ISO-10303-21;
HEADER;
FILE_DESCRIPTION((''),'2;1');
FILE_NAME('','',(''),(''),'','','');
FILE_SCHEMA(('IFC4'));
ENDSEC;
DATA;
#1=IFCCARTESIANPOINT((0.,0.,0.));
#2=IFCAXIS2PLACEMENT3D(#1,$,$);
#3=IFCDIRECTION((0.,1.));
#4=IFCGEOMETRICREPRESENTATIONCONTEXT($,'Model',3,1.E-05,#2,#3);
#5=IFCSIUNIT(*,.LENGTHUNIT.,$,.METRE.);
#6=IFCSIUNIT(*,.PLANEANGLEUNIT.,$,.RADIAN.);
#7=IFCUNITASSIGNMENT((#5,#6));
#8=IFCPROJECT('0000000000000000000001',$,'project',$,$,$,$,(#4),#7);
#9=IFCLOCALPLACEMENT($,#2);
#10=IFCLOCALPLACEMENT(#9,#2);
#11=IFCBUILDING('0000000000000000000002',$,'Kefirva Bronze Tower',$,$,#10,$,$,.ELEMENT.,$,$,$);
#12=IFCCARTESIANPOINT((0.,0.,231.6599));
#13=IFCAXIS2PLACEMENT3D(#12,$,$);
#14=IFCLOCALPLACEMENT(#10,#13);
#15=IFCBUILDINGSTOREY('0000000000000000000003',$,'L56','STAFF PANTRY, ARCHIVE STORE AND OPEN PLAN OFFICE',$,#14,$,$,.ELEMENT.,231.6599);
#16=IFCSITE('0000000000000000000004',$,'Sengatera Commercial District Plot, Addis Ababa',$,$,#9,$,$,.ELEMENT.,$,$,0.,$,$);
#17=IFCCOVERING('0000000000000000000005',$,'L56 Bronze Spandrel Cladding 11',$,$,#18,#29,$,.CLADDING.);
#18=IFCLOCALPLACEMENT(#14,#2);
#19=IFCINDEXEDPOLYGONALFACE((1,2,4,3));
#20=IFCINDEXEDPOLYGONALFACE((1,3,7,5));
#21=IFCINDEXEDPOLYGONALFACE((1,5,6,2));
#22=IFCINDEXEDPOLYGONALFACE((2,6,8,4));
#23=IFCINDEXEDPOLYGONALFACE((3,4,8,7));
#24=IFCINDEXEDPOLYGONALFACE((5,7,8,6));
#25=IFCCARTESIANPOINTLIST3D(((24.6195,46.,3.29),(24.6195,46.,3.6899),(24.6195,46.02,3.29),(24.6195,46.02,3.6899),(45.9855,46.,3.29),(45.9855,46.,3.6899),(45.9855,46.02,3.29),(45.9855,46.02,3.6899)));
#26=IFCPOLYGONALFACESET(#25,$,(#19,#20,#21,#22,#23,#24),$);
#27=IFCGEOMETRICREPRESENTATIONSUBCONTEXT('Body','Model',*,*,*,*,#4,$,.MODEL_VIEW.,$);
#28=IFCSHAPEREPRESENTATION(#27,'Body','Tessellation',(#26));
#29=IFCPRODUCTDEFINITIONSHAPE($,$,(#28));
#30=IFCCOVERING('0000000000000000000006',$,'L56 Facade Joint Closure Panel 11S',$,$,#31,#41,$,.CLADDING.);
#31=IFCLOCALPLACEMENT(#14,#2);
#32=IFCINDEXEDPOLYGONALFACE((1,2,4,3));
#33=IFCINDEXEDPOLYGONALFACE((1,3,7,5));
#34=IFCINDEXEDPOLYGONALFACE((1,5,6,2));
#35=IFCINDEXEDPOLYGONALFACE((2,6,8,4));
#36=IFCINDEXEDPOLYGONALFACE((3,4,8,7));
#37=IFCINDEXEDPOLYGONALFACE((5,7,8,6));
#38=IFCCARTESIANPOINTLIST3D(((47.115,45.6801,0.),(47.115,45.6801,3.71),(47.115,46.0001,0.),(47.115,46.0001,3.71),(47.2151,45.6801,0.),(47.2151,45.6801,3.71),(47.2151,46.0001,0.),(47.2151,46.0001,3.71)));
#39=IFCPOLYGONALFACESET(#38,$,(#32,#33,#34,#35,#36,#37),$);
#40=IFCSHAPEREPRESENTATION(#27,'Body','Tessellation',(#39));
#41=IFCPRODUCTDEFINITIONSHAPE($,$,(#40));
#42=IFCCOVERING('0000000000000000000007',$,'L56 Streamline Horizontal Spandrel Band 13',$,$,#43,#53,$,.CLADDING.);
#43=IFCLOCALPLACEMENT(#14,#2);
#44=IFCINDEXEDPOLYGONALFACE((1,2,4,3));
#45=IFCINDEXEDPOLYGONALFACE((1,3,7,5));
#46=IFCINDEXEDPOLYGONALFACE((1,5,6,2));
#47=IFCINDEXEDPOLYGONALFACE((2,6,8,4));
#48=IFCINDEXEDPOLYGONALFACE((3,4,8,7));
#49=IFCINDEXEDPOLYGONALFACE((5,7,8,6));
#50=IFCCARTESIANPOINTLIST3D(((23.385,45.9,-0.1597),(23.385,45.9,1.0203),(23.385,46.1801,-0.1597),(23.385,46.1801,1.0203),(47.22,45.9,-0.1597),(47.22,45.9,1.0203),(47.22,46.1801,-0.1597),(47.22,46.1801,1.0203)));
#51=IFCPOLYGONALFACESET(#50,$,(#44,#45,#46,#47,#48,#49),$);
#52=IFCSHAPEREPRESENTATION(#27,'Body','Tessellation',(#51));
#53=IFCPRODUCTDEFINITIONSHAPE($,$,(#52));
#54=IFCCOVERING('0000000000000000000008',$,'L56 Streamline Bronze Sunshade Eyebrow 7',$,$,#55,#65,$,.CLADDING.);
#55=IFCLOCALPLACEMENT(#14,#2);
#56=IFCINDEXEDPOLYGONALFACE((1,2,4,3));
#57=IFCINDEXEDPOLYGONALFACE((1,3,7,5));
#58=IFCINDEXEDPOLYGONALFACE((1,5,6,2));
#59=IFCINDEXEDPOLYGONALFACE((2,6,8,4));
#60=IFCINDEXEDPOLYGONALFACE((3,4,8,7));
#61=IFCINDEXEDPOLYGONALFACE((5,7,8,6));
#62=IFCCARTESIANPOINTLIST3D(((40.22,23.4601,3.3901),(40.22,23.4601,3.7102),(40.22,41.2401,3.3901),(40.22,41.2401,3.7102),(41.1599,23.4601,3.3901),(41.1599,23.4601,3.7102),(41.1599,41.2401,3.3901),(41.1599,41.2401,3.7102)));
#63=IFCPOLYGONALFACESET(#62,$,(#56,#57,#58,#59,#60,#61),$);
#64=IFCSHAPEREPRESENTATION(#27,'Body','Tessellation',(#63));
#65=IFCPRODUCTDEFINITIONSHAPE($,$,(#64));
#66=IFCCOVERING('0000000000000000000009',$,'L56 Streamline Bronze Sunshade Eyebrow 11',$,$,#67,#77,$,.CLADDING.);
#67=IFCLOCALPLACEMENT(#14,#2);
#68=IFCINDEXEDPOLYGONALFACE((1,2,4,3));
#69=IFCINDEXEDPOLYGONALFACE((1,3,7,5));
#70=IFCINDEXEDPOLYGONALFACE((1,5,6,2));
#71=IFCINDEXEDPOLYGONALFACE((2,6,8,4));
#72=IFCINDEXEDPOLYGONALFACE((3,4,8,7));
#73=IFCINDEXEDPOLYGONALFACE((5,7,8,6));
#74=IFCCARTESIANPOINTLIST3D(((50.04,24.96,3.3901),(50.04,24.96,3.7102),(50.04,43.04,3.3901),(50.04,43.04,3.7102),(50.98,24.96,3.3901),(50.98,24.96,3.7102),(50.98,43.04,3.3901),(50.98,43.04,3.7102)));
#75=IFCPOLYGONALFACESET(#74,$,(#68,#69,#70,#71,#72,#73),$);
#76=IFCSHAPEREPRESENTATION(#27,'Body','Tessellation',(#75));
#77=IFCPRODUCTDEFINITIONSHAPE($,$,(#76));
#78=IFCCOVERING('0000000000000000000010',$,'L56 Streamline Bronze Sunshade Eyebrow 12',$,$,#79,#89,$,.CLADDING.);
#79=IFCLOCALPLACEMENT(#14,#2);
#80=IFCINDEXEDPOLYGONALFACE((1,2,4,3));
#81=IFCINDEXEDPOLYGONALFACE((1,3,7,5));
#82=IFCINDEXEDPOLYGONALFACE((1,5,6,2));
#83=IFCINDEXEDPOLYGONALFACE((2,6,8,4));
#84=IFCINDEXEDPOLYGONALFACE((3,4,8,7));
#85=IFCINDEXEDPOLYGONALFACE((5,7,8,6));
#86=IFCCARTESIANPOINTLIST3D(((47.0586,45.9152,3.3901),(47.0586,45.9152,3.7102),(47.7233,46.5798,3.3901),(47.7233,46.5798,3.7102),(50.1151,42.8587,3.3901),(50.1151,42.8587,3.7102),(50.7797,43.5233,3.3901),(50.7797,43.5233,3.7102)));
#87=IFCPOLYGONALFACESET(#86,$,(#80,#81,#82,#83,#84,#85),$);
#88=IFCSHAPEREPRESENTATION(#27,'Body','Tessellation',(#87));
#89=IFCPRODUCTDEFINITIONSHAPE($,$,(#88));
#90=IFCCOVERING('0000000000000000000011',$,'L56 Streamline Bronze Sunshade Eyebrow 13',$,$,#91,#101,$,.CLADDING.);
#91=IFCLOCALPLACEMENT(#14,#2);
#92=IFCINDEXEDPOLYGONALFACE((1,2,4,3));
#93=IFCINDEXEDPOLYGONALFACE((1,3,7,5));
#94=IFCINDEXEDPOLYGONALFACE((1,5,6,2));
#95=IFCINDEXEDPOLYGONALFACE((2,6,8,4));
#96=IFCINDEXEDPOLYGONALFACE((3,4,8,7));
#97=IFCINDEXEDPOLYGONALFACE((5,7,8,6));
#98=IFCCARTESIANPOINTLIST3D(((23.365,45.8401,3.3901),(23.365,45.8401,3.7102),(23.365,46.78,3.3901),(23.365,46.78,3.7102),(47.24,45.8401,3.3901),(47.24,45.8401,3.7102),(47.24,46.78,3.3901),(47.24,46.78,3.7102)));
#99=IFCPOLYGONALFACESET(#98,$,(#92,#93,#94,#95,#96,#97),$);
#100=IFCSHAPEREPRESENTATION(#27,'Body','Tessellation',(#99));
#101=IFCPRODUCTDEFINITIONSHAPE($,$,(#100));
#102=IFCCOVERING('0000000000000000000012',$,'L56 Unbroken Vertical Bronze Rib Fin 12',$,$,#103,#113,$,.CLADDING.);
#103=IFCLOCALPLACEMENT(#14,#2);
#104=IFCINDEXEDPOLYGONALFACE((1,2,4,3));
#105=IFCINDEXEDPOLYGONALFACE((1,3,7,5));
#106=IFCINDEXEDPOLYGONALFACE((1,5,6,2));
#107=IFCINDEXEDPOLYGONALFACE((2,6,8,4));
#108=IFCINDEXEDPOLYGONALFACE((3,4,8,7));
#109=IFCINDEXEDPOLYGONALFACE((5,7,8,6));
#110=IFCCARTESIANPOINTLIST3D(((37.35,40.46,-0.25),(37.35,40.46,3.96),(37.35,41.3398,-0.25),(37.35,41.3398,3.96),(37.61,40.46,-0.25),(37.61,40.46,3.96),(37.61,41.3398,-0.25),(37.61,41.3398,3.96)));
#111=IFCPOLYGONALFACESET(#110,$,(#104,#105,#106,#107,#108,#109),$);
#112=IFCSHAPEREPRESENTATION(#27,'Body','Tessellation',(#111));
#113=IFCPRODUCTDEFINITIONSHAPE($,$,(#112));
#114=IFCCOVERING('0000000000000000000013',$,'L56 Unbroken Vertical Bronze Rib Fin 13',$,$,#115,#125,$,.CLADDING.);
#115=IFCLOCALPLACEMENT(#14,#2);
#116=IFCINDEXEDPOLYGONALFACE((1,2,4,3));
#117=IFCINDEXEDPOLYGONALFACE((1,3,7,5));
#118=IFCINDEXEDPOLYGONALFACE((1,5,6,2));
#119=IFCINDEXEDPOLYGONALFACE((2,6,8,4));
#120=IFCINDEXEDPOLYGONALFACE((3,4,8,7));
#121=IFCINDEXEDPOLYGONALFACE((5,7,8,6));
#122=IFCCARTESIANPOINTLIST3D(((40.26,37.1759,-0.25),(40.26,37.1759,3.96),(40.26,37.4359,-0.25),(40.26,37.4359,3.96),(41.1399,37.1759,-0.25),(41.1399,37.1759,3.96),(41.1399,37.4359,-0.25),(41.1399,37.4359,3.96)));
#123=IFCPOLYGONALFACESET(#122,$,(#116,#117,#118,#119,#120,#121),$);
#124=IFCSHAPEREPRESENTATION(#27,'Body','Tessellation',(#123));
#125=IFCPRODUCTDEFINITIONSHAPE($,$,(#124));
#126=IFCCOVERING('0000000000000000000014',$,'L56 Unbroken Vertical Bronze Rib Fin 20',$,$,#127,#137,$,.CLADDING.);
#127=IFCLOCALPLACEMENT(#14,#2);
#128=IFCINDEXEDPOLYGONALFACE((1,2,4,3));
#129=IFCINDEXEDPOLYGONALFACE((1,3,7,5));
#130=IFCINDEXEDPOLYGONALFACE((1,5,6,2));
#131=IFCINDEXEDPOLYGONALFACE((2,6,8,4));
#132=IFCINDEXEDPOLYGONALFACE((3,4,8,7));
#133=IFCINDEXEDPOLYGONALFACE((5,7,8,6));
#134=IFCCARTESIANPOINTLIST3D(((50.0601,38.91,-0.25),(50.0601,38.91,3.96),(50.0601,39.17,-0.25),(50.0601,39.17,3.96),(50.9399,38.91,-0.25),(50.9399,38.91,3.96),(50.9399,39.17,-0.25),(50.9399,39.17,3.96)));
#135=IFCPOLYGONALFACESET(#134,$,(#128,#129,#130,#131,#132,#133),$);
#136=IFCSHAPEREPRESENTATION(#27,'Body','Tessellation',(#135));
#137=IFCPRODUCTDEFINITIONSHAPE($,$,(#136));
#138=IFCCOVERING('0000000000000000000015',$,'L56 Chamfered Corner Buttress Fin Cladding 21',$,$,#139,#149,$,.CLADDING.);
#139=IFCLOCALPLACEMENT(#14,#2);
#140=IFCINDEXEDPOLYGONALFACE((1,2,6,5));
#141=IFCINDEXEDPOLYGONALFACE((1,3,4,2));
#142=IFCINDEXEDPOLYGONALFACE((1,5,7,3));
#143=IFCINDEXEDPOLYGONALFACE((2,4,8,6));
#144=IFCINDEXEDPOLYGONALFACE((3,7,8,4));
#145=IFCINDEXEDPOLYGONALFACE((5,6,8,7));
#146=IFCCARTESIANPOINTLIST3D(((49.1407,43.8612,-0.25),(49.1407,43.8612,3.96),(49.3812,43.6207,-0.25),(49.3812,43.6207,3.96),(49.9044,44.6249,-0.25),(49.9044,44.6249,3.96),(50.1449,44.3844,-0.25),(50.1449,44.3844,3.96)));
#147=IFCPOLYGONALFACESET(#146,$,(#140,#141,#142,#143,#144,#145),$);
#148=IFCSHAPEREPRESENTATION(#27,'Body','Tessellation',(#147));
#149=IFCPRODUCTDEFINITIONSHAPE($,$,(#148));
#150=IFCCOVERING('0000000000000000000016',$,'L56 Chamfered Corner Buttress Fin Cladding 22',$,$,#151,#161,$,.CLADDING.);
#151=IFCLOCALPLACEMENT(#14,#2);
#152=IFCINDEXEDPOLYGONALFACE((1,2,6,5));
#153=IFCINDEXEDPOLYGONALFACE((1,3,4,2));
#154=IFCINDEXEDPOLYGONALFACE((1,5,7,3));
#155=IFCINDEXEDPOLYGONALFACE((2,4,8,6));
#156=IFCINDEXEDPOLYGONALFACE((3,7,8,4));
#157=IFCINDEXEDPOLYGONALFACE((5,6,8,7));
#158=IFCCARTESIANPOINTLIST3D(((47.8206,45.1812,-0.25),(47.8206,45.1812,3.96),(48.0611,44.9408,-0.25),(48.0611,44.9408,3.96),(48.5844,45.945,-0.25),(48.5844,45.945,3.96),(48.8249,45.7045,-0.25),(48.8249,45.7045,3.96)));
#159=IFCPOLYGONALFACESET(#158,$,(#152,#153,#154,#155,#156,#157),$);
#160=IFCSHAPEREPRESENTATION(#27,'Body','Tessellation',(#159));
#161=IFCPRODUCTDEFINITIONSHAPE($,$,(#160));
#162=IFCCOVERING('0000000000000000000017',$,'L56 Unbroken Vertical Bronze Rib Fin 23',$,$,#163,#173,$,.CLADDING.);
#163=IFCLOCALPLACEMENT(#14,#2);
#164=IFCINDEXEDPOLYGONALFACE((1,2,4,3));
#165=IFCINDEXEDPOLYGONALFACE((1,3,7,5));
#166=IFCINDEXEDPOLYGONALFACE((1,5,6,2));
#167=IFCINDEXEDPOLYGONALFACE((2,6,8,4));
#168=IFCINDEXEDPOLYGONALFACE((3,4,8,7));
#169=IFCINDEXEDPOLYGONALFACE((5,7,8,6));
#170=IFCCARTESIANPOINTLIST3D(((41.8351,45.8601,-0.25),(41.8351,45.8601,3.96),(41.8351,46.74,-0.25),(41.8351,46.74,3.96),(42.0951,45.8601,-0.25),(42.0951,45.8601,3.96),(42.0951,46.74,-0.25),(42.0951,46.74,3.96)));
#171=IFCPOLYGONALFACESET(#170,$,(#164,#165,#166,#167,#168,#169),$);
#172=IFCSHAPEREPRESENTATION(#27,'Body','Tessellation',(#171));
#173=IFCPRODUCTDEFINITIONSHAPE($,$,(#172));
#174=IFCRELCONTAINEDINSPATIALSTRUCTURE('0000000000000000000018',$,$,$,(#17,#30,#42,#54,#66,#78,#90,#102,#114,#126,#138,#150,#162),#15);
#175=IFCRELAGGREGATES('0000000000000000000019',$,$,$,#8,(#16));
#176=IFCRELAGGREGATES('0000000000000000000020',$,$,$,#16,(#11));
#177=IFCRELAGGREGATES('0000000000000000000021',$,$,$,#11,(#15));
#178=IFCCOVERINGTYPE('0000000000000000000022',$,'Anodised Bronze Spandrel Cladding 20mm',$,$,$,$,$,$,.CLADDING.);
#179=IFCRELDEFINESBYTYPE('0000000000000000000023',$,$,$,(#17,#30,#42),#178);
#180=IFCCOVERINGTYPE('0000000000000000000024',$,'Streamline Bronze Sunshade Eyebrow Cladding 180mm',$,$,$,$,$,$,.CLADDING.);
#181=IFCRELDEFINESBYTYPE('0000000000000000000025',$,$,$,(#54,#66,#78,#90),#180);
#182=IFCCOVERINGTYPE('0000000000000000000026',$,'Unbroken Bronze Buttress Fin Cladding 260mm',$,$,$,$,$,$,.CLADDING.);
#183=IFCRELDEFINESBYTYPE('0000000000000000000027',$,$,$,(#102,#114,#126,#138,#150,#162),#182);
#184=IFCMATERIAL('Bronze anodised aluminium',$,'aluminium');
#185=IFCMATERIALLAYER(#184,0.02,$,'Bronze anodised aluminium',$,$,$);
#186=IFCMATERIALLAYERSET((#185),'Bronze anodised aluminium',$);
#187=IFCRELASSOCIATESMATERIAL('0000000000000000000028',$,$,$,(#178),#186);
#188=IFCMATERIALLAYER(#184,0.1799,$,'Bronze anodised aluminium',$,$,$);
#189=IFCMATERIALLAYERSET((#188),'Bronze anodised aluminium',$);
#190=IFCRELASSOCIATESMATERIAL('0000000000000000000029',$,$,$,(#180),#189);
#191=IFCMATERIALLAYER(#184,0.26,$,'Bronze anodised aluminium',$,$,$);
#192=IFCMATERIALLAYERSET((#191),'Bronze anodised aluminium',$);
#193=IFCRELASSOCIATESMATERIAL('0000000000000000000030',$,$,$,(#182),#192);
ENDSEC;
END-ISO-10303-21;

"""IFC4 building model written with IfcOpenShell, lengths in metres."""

from ifc_helpers import new_model, si_unit, direction, frame, origin, origin_2d, place, context, subcontext, project, spatial, rectangle, extrude, material, layer, layer_set, type_object, element, save


model = new_model("IFC4")

# Units and contexts
model_context = context("Model", 3, precision=1e-05, world=origin(), true_north=direction((0.0, 1.0)))
body_context = subcontext(model_context, "Body", "Model", "MODEL_VIEW")
ifc_project = project(units=[si_unit("LENGTHUNIT", "METRE"), si_unit("PLANEANGLEUNIT", "RADIAN")], contexts=[model_context])

# Site, building, storey
site_placement = place(None, origin())
site = spatial("IfcSite", under=ifc_project, at=site_placement, Name="Sengatera Commercial District Plot, Addis Ababa", CompositionType="ELEMENT", RefElevation=0.0)
building_placement = place(site_placement, origin())
building = spatial("IfcBuilding", under=site, at=building_placement, Name="Kefirva Bronze Tower", CompositionType="ELEMENT")
storey_placement = place(building_placement, frame((0.0, 0.0, 231.6599)))
storey = spatial("IfcBuildingStorey", under=building, at=storey_placement, Name="L56", Description="STAFF PANTRY, ARCHIVE STORE AND OPEN PLAN OFFICE", CompositionType="ELEMENT", Elevation=231.6599)

# Shared definitions
ifc_material_1 = material(Name="Bronze anodised aluminium", Category="aluminium")

# Coverings
ifc_layer_1 = layer(ifc_material_1, 0.02, Name="Bronze anodised aluminium")
ifc_layer_set_1 = layer_set([ifc_layer_1], Name="Bronze anodised aluminium")
covering_type_1 = type_object("IfcCoveringType", Name="Anodised Bronze Spandrel Cladding 20mm", PredefinedType="CLADDING", material=ifc_layer_set_1)
covering_1_placement = place(storey_placement, frame((35.3025, 46.01, 3.29), z_axis=(0.0, 0.0, 1.0), x_axis=(-1.0, 0.0, 0.0)))
element("IfcCovering", 1, at=covering_1_placement, inside=storey, type_object=covering_type_1, Name="L56 Bronze Spandrel Cladding 11", PredefinedType="CLADDING", context=body_context, shape_type="SweptSolid", body=[
    extrude(rectangle(XDim=21.366, YDim=0.02, at=origin_2d()), origin(), (0.0, 0.0, 1.0), 0.3999),
])
covering_2_placement = place(storey_placement, frame((47.165, 45.8401, 0.0), z_axis=(0.0, 0.0, 1.0), x_axis=(-1.0, 0.0, 0.0)))
element("IfcCovering", 2, at=covering_2_placement, inside=storey, type_object=covering_type_1, Name="L56 Facade Joint Closure Panel 11S", PredefinedType="CLADDING", context=body_context, shape_type="SweptSolid", body=[
    extrude(rectangle(XDim=0.1001, YDim=0.3201, at=origin_2d()), origin(), (0.0, 0.0, 1.0), 3.71),
])
covering_3_placement = place(storey_placement, frame((35.3025, 46.04, -0.1597), z_axis=(0.0, 0.0, 1.0), x_axis=(-1.0, 0.0, 0.0)))
element("IfcCovering", 3, at=covering_3_placement, inside=storey, type_object=covering_type_1, Name="L56 Streamline Horizontal Spandrel Band 13", PredefinedType="CLADDING", context=body_context, shape_type="SweptSolid", body=[
    extrude(rectangle(XDim=23.835, YDim=0.28, at=origin_2d()), origin(), (0.0, 0.0, 1.0), 1.1799),
])
ifc_layer_2 = layer(ifc_material_1, 0.1799, Name="Bronze anodised aluminium")
ifc_layer_set_2 = layer_set([ifc_layer_2], Name="Bronze anodised aluminium")
covering_type_2 = type_object("IfcCoveringType", Name="Streamline Bronze Sunshade Eyebrow Cladding 180mm", PredefinedType="CLADDING", material=ifc_layer_set_2)
covering_4_placement = place(storey_placement, frame((40.6899, 32.3501, 3.3901), z_axis=(0.0, 0.0, 1.0), x_axis=(0.0, -1.0, 0.0)))
element("IfcCovering", 4, at=covering_4_placement, inside=storey, type_object=covering_type_2, Name="L56 Streamline Bronze Sunshade Eyebrow 7", PredefinedType="CLADDING", context=body_context, shape_type="SweptSolid", body=[
    extrude(rectangle(XDim=17.78, YDim=0.9399, at=origin_2d()), origin(), (0.0, 0.0, 1.0), 0.3201),
])
covering_5_placement = place(storey_placement, frame((50.51, 34.0, 3.3901), z_axis=(0.0, 0.0, 1.0), x_axis=(0.0, 1.0, 0.0)))
element("IfcCovering", 5, at=covering_5_placement, inside=storey, type_object=covering_type_2, Name="L56 Streamline Bronze Sunshade Eyebrow 11", PredefinedType="CLADDING", context=body_context, shape_type="SweptSolid", body=[
    extrude(rectangle(XDim=18.0801, YDim=0.9399, at=origin_2d()), origin(), (0.0, 0.0, 1.0), 0.3201),
])
covering_6_placement = place(storey_placement, frame((48.9192, 44.7192, 3.3901), z_axis=(0.0, 0.0, 1.0), x_axis=(-0.707107, 0.707107, 0.0)))
element("IfcCovering", 6, at=covering_6_placement, inside=storey, type_object=covering_type_2, Name="L56 Streamline Bronze Sunshade Eyebrow 12", PredefinedType="CLADDING", context=body_context, shape_type="SweptSolid", body=[
    extrude(rectangle(XDim=4.3225, YDim=0.9399, at=origin_2d()), origin(), (0.0, 0.0, 1.0), 0.3201),
])
covering_7_placement = place(storey_placement, frame((35.3025, 46.3101, 3.3901), z_axis=(0.0, 0.0, 1.0), x_axis=(-1.0, 0.0, 0.0)))
element("IfcCovering", 7, at=covering_7_placement, inside=storey, type_object=covering_type_2, Name="L56 Streamline Bronze Sunshade Eyebrow 13", PredefinedType="CLADDING", context=body_context, shape_type="SweptSolid", body=[
    extrude(rectangle(XDim=23.875, YDim=0.9399, at=origin_2d()), origin(), (0.0, 0.0, 1.0), 0.3201),
])
ifc_layer_3 = layer(ifc_material_1, 0.26, Name="Bronze anodised aluminium")
ifc_layer_set_3 = layer_set([ifc_layer_3], Name="Bronze anodised aluminium")
covering_type_3 = type_object("IfcCoveringType", Name="Unbroken Bronze Buttress Fin Cladding 260mm", PredefinedType="CLADDING", material=ifc_layer_set_3)
for number, where, z_axis, x_axis, name in (
    (8, (37.48, 40.8999, -0.25), (0.0, 0.0, 1.0), (1.0, 0.0, 0.0), "L56 Unbroken Vertical Bronze Rib Fin 12"),
    (9, (40.7, 37.3059, -0.25), (0.0, 0.0, 1.0), (0.0, -1.0, 0.0), "L56 Unbroken Vertical Bronze Rib Fin 13"),
    (10, (50.5, 39.04, -0.25), (0.0, 0.0, 1.0), (0.0, 1.0, 0.0), "L56 Unbroken Vertical Bronze Rib Fin 20"),
):
    element("IfcCovering", number, at=place(storey_placement, frame(where, z_axis=z_axis, x_axis=x_axis)), inside=storey, type_object=covering_type_3, Name=name, PredefinedType="CLADDING", context=body_context, shape_type="SweptSolid", body=[
        extrude(rectangle(XDim=0.26, YDim=0.8799, at=origin_2d()), origin(), (0.0, 0.0, 1.0), 4.21),
    ])
for number, where, z_axis, x_axis, name in (
    (11, (49.6428, 44.1228, -0.25), (0.0, 0.0, 1.0), (-0.707107, 0.707107, 0.0), "L56 Chamfered Corner Buttress Fin Cladding 21"),
    (12, (48.3228, 45.4429, -0.25), (0.0, 0.0, 1.0), (-0.707107, 0.707107, 0.0), "L56 Chamfered Corner Buttress Fin Cladding 22"),
):
    element("IfcCovering", number, at=place(storey_placement, frame(where, z_axis=z_axis, x_axis=x_axis)), inside=storey, type_object=covering_type_3, Name=name, PredefinedType="CLADDING", context=body_context, shape_type="SweptSolid", body=[
        extrude(rectangle(XDim=0.3401, YDim=1.0801, at=origin_2d()), origin(), (0.0, 0.0, 1.0), 4.21),
    ])
covering_8_placement = place(storey_placement, frame((41.9651, 46.3, -0.25), z_axis=(0.0, 0.0, 1.0), x_axis=(-1.0, 0.0, 0.0)))
element("IfcCovering", 13, at=covering_8_placement, inside=storey, type_object=covering_type_3, Name="L56 Unbroken Vertical Bronze Rib Fin 23", PredefinedType="CLADDING", context=body_context, shape_type="SweptSolid", body=[
    extrude(rectangle(XDim=0.26, YDim=0.8799, at=origin_2d()), origin(), (0.0, 0.0, 1.0), 4.21),
])

save(model, "model.ifc")
